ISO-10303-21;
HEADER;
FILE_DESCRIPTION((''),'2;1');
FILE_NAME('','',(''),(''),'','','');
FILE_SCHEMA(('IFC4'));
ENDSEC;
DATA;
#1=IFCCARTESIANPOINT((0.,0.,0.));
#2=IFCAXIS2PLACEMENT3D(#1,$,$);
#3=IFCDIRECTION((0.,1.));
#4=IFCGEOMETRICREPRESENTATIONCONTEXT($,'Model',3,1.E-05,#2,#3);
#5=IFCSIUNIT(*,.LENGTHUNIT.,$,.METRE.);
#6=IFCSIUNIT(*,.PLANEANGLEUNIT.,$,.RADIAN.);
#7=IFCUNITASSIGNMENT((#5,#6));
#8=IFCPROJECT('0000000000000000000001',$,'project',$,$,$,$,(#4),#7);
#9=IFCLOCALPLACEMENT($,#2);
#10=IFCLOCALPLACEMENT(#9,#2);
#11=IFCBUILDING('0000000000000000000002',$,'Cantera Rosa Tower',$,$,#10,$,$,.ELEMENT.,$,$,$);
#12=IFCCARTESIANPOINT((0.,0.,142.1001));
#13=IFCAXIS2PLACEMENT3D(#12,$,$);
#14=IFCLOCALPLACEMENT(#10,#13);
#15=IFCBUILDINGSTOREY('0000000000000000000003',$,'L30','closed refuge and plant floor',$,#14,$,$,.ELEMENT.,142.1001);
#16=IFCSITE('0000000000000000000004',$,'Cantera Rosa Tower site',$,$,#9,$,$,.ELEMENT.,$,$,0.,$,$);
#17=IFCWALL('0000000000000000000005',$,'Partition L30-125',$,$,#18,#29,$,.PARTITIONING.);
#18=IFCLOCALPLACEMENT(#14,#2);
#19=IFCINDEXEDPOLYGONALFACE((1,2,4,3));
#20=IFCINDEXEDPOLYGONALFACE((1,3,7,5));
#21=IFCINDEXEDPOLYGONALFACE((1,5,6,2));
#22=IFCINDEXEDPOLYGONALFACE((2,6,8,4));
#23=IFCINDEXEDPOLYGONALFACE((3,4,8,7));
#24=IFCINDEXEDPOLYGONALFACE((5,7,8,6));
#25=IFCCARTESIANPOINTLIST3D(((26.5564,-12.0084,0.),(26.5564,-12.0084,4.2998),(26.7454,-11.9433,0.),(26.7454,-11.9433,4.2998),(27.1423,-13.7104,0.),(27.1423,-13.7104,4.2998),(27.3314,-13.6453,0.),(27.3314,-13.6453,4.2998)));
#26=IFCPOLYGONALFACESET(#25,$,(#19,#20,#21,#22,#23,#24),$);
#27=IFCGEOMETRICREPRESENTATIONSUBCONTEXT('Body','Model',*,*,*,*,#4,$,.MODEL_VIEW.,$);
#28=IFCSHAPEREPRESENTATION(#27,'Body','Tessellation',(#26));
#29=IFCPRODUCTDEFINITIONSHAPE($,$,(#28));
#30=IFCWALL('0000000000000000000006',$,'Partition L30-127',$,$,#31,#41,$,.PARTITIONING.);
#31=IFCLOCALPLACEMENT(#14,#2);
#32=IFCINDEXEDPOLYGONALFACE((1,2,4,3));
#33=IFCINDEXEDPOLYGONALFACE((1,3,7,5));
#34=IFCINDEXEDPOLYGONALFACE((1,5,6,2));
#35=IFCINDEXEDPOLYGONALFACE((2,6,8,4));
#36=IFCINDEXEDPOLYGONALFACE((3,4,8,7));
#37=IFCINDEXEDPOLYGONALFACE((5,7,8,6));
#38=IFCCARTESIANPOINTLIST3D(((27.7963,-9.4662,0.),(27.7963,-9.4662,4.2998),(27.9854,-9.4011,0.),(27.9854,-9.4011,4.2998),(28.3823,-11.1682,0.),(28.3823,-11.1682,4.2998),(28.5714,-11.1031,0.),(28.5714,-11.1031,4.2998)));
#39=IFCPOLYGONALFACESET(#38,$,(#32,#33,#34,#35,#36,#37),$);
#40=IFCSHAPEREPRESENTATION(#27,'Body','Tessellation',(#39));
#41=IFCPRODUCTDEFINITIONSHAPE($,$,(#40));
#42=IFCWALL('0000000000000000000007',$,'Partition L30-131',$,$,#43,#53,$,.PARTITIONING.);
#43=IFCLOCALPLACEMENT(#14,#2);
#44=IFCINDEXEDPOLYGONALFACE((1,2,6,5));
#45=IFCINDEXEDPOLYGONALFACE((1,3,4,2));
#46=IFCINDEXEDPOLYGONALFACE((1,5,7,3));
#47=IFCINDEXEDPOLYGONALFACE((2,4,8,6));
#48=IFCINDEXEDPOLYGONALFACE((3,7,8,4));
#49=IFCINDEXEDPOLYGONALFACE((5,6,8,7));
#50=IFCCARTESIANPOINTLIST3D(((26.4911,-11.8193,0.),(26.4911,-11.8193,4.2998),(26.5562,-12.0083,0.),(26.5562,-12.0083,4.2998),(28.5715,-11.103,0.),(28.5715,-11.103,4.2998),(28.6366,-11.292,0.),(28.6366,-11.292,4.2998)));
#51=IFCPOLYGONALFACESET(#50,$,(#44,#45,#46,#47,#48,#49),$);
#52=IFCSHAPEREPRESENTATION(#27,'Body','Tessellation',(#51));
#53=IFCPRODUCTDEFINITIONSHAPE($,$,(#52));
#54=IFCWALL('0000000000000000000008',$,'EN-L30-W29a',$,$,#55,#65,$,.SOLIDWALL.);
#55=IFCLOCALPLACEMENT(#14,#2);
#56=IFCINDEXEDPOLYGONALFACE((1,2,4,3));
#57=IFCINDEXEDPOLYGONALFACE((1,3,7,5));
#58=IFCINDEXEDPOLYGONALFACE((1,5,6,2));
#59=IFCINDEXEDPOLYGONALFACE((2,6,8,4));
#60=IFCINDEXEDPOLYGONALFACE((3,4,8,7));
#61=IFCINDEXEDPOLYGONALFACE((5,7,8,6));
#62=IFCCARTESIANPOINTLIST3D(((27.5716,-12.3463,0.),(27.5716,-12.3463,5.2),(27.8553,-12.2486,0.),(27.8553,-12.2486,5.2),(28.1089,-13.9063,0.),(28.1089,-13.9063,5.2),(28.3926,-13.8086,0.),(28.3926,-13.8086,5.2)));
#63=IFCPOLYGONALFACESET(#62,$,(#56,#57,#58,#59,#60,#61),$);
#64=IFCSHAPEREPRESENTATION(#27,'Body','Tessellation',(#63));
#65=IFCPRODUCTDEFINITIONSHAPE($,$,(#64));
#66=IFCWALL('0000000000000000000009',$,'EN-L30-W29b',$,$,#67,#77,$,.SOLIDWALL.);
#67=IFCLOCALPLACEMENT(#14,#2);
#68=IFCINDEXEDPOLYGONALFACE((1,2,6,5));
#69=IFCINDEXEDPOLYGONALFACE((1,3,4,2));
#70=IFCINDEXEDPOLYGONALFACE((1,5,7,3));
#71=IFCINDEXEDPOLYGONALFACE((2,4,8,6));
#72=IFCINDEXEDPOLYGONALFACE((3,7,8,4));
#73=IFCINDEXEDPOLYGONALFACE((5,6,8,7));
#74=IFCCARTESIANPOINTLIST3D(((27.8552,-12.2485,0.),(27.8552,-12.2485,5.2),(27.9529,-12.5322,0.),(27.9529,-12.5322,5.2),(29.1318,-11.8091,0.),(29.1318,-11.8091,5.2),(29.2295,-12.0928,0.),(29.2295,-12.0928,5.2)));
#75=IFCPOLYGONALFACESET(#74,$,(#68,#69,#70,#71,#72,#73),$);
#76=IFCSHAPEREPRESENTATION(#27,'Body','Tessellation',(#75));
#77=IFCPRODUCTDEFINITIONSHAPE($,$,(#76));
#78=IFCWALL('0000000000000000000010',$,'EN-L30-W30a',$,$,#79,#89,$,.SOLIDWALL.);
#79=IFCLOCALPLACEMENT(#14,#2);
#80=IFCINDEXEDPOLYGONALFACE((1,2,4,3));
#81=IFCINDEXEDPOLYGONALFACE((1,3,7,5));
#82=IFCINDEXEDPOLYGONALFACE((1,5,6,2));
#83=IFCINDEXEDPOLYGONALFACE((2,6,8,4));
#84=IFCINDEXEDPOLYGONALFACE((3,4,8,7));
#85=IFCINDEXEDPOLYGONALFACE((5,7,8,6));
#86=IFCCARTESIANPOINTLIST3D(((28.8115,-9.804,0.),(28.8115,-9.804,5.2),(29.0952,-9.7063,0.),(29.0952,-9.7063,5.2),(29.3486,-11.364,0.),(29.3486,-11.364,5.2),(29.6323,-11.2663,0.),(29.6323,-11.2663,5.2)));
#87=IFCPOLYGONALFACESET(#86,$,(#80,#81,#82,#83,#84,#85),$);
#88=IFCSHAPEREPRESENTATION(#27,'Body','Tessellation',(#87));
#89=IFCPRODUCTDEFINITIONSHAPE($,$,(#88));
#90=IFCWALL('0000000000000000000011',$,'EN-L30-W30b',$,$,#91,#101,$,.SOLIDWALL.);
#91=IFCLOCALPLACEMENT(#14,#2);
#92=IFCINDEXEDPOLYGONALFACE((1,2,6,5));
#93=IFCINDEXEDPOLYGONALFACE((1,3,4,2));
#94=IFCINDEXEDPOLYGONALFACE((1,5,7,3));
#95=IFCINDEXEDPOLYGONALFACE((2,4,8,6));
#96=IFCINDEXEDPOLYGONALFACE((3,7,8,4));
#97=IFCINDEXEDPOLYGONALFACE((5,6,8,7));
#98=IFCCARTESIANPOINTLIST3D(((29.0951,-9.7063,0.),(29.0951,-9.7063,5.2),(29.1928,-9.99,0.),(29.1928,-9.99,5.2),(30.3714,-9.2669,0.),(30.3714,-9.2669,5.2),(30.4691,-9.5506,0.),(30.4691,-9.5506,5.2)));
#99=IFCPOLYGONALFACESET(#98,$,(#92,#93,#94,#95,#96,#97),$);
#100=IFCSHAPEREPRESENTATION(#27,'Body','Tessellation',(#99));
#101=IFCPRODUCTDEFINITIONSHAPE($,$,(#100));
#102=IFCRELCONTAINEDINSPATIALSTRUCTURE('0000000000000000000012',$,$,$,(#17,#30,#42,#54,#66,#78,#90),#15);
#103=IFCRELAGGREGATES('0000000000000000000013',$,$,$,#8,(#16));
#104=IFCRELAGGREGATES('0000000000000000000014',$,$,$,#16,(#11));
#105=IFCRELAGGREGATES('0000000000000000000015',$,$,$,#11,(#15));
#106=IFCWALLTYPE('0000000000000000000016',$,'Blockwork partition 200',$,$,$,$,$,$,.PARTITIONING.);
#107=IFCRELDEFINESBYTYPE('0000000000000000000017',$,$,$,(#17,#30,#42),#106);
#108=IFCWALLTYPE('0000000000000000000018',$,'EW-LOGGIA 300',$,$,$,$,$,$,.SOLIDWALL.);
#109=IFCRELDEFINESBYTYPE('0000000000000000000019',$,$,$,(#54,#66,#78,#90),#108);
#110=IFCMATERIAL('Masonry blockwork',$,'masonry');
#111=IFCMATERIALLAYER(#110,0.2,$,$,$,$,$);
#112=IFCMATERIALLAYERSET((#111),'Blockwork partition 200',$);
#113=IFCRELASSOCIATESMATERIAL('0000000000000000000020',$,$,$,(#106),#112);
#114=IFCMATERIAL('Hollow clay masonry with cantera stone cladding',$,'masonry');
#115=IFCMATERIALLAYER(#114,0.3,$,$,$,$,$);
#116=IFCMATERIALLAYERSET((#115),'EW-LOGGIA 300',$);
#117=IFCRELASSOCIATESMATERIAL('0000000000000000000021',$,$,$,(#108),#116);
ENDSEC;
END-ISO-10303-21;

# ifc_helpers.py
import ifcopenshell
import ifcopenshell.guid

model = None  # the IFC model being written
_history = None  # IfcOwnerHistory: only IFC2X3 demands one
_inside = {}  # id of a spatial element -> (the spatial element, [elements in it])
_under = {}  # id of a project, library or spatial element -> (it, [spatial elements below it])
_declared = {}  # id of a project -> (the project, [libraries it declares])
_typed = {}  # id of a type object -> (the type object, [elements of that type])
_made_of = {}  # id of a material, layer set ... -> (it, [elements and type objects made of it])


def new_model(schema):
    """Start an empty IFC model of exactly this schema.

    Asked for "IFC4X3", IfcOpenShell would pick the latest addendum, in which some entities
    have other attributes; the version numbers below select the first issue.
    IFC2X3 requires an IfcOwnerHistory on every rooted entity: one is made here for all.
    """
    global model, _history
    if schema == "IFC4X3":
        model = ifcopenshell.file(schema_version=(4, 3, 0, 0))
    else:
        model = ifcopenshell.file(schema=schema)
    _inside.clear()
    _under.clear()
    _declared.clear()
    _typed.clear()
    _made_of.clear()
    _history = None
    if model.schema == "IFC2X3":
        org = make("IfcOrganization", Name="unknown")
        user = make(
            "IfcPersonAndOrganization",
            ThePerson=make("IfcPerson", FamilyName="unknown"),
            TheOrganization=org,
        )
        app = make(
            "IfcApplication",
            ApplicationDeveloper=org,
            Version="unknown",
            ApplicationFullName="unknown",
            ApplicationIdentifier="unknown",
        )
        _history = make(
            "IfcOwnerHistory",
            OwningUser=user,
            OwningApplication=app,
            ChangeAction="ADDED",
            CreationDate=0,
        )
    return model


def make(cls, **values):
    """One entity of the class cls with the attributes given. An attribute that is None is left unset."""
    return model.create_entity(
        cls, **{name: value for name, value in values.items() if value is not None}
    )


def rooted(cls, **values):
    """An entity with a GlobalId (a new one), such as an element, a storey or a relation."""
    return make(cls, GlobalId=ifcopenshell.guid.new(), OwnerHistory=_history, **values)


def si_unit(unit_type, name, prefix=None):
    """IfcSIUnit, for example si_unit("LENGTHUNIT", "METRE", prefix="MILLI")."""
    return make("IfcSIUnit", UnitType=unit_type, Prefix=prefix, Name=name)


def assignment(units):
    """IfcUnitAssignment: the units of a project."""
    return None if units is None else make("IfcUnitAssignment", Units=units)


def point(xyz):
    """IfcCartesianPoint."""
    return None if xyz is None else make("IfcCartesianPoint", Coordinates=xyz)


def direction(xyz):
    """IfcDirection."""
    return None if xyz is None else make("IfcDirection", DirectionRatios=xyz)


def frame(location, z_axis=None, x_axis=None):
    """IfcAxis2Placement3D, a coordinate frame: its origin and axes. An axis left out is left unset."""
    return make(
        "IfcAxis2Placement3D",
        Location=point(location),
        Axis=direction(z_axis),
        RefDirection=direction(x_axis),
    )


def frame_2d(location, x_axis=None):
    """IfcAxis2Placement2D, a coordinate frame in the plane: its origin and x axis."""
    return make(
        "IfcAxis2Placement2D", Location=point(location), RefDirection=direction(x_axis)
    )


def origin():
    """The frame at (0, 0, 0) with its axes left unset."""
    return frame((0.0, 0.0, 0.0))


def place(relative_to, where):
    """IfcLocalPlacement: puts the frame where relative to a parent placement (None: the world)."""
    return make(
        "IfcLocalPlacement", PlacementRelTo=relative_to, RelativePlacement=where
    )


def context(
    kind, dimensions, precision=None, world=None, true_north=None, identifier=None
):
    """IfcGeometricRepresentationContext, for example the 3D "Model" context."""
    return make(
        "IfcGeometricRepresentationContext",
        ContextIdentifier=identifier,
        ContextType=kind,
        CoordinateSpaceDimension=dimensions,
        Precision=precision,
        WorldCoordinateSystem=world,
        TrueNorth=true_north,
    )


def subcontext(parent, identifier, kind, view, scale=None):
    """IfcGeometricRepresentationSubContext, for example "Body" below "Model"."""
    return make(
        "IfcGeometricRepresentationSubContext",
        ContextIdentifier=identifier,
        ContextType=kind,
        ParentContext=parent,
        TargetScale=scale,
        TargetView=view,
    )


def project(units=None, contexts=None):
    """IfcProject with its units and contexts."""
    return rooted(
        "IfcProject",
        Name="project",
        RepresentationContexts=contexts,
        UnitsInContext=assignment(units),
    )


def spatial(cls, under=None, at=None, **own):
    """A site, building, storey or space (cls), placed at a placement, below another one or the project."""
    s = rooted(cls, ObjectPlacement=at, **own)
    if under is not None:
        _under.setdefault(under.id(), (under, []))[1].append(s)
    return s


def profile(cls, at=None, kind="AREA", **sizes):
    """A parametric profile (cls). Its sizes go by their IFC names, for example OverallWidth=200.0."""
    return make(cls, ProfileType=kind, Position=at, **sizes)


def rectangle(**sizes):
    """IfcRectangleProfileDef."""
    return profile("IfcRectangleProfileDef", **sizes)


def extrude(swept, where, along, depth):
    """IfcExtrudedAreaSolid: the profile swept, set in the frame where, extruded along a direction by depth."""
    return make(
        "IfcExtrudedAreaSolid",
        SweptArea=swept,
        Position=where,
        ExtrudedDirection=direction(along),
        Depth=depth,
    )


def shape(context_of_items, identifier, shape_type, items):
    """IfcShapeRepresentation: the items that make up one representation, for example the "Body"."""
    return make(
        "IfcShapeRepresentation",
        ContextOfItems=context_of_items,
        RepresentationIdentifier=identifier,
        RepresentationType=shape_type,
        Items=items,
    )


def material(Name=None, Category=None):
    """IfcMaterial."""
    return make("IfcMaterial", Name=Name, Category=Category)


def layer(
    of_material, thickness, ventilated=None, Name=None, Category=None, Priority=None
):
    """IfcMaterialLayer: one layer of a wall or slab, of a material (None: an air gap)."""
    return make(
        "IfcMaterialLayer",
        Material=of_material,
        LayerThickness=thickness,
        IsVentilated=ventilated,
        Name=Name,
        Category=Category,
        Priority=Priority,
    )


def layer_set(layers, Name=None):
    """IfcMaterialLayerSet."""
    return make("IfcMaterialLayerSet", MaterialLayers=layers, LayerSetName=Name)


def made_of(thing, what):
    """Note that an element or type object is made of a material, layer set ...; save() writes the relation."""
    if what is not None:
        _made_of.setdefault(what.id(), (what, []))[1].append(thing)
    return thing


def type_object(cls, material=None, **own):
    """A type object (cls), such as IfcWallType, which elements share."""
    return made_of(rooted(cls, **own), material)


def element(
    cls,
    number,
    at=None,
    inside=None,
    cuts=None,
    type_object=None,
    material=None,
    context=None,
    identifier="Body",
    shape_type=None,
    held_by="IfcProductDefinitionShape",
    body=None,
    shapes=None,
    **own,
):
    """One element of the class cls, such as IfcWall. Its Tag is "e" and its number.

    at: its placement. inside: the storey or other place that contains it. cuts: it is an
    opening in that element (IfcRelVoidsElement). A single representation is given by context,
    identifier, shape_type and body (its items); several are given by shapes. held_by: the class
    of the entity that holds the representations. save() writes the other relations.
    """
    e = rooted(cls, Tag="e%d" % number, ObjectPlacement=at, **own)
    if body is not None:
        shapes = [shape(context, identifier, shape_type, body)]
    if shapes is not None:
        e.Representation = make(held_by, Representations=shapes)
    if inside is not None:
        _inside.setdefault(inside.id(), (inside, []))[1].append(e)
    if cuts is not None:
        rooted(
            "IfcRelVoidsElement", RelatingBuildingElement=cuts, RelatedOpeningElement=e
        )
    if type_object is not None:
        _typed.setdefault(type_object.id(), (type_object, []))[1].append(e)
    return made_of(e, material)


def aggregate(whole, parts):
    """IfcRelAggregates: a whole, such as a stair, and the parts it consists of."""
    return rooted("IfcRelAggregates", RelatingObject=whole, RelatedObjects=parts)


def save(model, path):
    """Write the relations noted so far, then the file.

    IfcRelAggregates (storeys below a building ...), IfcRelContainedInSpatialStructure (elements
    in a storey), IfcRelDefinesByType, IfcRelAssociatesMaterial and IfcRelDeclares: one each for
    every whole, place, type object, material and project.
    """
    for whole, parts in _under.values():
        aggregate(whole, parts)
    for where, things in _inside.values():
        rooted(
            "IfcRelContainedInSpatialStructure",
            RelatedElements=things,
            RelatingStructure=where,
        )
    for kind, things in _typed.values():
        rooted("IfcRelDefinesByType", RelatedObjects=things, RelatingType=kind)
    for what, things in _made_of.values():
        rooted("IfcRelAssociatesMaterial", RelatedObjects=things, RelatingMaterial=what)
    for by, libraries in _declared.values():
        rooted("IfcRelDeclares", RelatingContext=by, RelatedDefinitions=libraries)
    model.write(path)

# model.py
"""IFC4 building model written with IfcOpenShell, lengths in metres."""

from ifc_helpers import new_model, si_unit, direction, frame, frame_2d, origin, place, context, subcontext, project, spatial, rectangle, extrude, material, layer, layer_set, type_object, element, save


model = new_model("IFC4")

# Units and contexts
model_context = context("Model", 3, precision=1e-05, world=origin(), true_north=direction((0.0, 1.0)))
body_context = subcontext(model_context, "Body", "Model", "MODEL_VIEW")
ifc_project = project(units=[si_unit("LENGTHUNIT", "METRE"), si_unit("PLANEANGLEUNIT", "RADIAN")], contexts=[model_context])

# Site, building, storey
site_placement = place(None, origin())
site = spatial("IfcSite", under=ifc_project, at=site_placement, Name="Cantera Rosa Tower site", CompositionType="ELEMENT", RefElevation=0.0)
building_placement = place(site_placement, origin())
building = spatial("IfcBuilding", under=site, at=building_placement, Name="Cantera Rosa Tower", CompositionType="ELEMENT")
storey_placement = place(building_placement, frame((0.0, 0.0, 142.1001)))
storey = spatial("IfcBuildingStorey", under=building, at=storey_placement, Name="L30", Description="closed refuge and plant floor", CompositionType="ELEMENT", Elevation=142.1001)

# Walls
ifc_material_1 = material(Name="Masonry blockwork", Category="masonry")
ifc_layer_1 = layer(ifc_material_1, 0.2)
ifc_layer_set_1 = layer_set([ifc_layer_1], Name="Blockwork partition 200")
wall_type_1 = type_object("IfcWallType", Name="Blockwork partition 200", PredefinedType="PARTITIONING", material=ifc_layer_set_1)
for number, where, z_axis, x_axis, name in (
    (1, (27.2368, -13.6777, 0.0), (0.0, 0.0, 1.0), (-0.325531, 0.945531, 0.0), "Partition L30-125"),
    (2, (28.4768, -11.1355, 0.0), (0.0, 0.0, 1.0), (-0.325531, 0.945531, 0.0), "Partition L30-127"),
):
    element("IfcWall", number, at=place(storey_placement, frame(where, z_axis=z_axis, x_axis=x_axis)), inside=storey, type_object=wall_type_1, Name=name, PredefinedType="PARTITIONING", context=body_context, shape_type="SweptSolid", body=[
        extrude(rectangle(XDim=1.8, YDim=0.2, at=frame_2d((0.8999, 0.0))), origin(), (0.0, 0.0, 1.0), 4.2998),
    ])
wall_1_placement = place(storey_placement, frame((26.5237, -11.9138, 0.0), z_axis=(0.0, 0.0, 1.0), x_axis=(0.945519, 0.325567, 0.0)))
element("IfcWall", 3, at=wall_1_placement, inside=storey, type_object=wall_type_1, Name="Partition L30-131", PredefinedType="PARTITIONING", context=body_context, shape_type="SweptSolid", body=[
    extrude(rectangle(XDim=2.2002, YDim=0.2, at=frame_2d((1.1001, 0.0))), origin(), (0.0, 0.0, 1.0), 4.2998),
])
ifc_material_2 = material(Name="Hollow clay masonry with cantera stone cladding", Category="masonry")
ifc_layer_2 = layer(ifc_material_2, 0.3)
ifc_layer_set_2 = layer_set([ifc_layer_2], Name="EW-LOGGIA 300")
wall_type_2 = type_object("IfcWallType", Name="EW-LOGGIA 300", PredefinedType="SOLIDWALL", material=ifc_layer_set_2)
wall_2_placement = place(storey_placement, frame((28.2507, -13.8574, 0.0), z_axis=(0.0, 0.0, 1.0), x_axis=(-0.325667, 0.945485, 0.0)))
element("IfcWall", 4, at=wall_2_placement, inside=storey, type_object=wall_type_2, Name="EN-L30-W29a", PredefinedType="SOLIDWALL", context=body_context, shape_type="SweptSolid", body=[
    extrude(rectangle(XDim=1.6499, YDim=0.3, at=frame_2d((0.825, 0.0))), origin(), (0.0, 0.0, 1.0), 5.2),
])
wall_3_placement = place(storey_placement, frame((27.9041, -12.3904, 0.0), z_axis=(0.0, 0.0, 1.0), x_axis=(0.945546, 0.325489, 0.0)))
element("IfcWall", 5, at=wall_3_placement, inside=storey, type_object=wall_type_2, Name="EN-L30-W29b", PredefinedType="SOLIDWALL", context=body_context, shape_type="SweptSolid", body=[
    extrude(rectangle(XDim=1.3501, YDim=0.3, at=frame_2d((0.675, 0.0))), origin(), (0.0, 0.0, 1.0), 5.2),
])
wall_4_placement = place(storey_placement, frame((29.4905, -11.3152, 0.0), z_axis=(0.0, 0.0, 1.0), x_axis=(-0.325535, 0.94553, 0.0)))
element("IfcWall", 6, at=wall_4_placement, inside=storey, type_object=wall_type_2, Name="EN-L30-W30a", PredefinedType="SOLIDWALL", context=body_context, shape_type="SweptSolid", body=[
    extrude(rectangle(XDim=1.6499, YDim=0.3, at=frame_2d((0.825, 0.0))), origin(), (0.0, 0.0, 1.0), 5.2),
])
wall_5_placement = place(storey_placement, frame((29.144, -9.8481, 0.0), z_axis=(0.0, 0.0, 1.0), x_axis=(0.945527, 0.325545, 0.0)))
element("IfcWall", 7, at=wall_5_placement, inside=storey, type_object=wall_type_2, Name="EN-L30-W30b", PredefinedType="SOLIDWALL", context=body_context, shape_type="SweptSolid", body=[
    extrude(rectangle(XDim=1.3499, YDim=0.3, at=frame_2d((0.6748, 0.0))), origin(), (0.0, 0.0, 1.0), 5.2),
])

save(model, "model.ifc")
